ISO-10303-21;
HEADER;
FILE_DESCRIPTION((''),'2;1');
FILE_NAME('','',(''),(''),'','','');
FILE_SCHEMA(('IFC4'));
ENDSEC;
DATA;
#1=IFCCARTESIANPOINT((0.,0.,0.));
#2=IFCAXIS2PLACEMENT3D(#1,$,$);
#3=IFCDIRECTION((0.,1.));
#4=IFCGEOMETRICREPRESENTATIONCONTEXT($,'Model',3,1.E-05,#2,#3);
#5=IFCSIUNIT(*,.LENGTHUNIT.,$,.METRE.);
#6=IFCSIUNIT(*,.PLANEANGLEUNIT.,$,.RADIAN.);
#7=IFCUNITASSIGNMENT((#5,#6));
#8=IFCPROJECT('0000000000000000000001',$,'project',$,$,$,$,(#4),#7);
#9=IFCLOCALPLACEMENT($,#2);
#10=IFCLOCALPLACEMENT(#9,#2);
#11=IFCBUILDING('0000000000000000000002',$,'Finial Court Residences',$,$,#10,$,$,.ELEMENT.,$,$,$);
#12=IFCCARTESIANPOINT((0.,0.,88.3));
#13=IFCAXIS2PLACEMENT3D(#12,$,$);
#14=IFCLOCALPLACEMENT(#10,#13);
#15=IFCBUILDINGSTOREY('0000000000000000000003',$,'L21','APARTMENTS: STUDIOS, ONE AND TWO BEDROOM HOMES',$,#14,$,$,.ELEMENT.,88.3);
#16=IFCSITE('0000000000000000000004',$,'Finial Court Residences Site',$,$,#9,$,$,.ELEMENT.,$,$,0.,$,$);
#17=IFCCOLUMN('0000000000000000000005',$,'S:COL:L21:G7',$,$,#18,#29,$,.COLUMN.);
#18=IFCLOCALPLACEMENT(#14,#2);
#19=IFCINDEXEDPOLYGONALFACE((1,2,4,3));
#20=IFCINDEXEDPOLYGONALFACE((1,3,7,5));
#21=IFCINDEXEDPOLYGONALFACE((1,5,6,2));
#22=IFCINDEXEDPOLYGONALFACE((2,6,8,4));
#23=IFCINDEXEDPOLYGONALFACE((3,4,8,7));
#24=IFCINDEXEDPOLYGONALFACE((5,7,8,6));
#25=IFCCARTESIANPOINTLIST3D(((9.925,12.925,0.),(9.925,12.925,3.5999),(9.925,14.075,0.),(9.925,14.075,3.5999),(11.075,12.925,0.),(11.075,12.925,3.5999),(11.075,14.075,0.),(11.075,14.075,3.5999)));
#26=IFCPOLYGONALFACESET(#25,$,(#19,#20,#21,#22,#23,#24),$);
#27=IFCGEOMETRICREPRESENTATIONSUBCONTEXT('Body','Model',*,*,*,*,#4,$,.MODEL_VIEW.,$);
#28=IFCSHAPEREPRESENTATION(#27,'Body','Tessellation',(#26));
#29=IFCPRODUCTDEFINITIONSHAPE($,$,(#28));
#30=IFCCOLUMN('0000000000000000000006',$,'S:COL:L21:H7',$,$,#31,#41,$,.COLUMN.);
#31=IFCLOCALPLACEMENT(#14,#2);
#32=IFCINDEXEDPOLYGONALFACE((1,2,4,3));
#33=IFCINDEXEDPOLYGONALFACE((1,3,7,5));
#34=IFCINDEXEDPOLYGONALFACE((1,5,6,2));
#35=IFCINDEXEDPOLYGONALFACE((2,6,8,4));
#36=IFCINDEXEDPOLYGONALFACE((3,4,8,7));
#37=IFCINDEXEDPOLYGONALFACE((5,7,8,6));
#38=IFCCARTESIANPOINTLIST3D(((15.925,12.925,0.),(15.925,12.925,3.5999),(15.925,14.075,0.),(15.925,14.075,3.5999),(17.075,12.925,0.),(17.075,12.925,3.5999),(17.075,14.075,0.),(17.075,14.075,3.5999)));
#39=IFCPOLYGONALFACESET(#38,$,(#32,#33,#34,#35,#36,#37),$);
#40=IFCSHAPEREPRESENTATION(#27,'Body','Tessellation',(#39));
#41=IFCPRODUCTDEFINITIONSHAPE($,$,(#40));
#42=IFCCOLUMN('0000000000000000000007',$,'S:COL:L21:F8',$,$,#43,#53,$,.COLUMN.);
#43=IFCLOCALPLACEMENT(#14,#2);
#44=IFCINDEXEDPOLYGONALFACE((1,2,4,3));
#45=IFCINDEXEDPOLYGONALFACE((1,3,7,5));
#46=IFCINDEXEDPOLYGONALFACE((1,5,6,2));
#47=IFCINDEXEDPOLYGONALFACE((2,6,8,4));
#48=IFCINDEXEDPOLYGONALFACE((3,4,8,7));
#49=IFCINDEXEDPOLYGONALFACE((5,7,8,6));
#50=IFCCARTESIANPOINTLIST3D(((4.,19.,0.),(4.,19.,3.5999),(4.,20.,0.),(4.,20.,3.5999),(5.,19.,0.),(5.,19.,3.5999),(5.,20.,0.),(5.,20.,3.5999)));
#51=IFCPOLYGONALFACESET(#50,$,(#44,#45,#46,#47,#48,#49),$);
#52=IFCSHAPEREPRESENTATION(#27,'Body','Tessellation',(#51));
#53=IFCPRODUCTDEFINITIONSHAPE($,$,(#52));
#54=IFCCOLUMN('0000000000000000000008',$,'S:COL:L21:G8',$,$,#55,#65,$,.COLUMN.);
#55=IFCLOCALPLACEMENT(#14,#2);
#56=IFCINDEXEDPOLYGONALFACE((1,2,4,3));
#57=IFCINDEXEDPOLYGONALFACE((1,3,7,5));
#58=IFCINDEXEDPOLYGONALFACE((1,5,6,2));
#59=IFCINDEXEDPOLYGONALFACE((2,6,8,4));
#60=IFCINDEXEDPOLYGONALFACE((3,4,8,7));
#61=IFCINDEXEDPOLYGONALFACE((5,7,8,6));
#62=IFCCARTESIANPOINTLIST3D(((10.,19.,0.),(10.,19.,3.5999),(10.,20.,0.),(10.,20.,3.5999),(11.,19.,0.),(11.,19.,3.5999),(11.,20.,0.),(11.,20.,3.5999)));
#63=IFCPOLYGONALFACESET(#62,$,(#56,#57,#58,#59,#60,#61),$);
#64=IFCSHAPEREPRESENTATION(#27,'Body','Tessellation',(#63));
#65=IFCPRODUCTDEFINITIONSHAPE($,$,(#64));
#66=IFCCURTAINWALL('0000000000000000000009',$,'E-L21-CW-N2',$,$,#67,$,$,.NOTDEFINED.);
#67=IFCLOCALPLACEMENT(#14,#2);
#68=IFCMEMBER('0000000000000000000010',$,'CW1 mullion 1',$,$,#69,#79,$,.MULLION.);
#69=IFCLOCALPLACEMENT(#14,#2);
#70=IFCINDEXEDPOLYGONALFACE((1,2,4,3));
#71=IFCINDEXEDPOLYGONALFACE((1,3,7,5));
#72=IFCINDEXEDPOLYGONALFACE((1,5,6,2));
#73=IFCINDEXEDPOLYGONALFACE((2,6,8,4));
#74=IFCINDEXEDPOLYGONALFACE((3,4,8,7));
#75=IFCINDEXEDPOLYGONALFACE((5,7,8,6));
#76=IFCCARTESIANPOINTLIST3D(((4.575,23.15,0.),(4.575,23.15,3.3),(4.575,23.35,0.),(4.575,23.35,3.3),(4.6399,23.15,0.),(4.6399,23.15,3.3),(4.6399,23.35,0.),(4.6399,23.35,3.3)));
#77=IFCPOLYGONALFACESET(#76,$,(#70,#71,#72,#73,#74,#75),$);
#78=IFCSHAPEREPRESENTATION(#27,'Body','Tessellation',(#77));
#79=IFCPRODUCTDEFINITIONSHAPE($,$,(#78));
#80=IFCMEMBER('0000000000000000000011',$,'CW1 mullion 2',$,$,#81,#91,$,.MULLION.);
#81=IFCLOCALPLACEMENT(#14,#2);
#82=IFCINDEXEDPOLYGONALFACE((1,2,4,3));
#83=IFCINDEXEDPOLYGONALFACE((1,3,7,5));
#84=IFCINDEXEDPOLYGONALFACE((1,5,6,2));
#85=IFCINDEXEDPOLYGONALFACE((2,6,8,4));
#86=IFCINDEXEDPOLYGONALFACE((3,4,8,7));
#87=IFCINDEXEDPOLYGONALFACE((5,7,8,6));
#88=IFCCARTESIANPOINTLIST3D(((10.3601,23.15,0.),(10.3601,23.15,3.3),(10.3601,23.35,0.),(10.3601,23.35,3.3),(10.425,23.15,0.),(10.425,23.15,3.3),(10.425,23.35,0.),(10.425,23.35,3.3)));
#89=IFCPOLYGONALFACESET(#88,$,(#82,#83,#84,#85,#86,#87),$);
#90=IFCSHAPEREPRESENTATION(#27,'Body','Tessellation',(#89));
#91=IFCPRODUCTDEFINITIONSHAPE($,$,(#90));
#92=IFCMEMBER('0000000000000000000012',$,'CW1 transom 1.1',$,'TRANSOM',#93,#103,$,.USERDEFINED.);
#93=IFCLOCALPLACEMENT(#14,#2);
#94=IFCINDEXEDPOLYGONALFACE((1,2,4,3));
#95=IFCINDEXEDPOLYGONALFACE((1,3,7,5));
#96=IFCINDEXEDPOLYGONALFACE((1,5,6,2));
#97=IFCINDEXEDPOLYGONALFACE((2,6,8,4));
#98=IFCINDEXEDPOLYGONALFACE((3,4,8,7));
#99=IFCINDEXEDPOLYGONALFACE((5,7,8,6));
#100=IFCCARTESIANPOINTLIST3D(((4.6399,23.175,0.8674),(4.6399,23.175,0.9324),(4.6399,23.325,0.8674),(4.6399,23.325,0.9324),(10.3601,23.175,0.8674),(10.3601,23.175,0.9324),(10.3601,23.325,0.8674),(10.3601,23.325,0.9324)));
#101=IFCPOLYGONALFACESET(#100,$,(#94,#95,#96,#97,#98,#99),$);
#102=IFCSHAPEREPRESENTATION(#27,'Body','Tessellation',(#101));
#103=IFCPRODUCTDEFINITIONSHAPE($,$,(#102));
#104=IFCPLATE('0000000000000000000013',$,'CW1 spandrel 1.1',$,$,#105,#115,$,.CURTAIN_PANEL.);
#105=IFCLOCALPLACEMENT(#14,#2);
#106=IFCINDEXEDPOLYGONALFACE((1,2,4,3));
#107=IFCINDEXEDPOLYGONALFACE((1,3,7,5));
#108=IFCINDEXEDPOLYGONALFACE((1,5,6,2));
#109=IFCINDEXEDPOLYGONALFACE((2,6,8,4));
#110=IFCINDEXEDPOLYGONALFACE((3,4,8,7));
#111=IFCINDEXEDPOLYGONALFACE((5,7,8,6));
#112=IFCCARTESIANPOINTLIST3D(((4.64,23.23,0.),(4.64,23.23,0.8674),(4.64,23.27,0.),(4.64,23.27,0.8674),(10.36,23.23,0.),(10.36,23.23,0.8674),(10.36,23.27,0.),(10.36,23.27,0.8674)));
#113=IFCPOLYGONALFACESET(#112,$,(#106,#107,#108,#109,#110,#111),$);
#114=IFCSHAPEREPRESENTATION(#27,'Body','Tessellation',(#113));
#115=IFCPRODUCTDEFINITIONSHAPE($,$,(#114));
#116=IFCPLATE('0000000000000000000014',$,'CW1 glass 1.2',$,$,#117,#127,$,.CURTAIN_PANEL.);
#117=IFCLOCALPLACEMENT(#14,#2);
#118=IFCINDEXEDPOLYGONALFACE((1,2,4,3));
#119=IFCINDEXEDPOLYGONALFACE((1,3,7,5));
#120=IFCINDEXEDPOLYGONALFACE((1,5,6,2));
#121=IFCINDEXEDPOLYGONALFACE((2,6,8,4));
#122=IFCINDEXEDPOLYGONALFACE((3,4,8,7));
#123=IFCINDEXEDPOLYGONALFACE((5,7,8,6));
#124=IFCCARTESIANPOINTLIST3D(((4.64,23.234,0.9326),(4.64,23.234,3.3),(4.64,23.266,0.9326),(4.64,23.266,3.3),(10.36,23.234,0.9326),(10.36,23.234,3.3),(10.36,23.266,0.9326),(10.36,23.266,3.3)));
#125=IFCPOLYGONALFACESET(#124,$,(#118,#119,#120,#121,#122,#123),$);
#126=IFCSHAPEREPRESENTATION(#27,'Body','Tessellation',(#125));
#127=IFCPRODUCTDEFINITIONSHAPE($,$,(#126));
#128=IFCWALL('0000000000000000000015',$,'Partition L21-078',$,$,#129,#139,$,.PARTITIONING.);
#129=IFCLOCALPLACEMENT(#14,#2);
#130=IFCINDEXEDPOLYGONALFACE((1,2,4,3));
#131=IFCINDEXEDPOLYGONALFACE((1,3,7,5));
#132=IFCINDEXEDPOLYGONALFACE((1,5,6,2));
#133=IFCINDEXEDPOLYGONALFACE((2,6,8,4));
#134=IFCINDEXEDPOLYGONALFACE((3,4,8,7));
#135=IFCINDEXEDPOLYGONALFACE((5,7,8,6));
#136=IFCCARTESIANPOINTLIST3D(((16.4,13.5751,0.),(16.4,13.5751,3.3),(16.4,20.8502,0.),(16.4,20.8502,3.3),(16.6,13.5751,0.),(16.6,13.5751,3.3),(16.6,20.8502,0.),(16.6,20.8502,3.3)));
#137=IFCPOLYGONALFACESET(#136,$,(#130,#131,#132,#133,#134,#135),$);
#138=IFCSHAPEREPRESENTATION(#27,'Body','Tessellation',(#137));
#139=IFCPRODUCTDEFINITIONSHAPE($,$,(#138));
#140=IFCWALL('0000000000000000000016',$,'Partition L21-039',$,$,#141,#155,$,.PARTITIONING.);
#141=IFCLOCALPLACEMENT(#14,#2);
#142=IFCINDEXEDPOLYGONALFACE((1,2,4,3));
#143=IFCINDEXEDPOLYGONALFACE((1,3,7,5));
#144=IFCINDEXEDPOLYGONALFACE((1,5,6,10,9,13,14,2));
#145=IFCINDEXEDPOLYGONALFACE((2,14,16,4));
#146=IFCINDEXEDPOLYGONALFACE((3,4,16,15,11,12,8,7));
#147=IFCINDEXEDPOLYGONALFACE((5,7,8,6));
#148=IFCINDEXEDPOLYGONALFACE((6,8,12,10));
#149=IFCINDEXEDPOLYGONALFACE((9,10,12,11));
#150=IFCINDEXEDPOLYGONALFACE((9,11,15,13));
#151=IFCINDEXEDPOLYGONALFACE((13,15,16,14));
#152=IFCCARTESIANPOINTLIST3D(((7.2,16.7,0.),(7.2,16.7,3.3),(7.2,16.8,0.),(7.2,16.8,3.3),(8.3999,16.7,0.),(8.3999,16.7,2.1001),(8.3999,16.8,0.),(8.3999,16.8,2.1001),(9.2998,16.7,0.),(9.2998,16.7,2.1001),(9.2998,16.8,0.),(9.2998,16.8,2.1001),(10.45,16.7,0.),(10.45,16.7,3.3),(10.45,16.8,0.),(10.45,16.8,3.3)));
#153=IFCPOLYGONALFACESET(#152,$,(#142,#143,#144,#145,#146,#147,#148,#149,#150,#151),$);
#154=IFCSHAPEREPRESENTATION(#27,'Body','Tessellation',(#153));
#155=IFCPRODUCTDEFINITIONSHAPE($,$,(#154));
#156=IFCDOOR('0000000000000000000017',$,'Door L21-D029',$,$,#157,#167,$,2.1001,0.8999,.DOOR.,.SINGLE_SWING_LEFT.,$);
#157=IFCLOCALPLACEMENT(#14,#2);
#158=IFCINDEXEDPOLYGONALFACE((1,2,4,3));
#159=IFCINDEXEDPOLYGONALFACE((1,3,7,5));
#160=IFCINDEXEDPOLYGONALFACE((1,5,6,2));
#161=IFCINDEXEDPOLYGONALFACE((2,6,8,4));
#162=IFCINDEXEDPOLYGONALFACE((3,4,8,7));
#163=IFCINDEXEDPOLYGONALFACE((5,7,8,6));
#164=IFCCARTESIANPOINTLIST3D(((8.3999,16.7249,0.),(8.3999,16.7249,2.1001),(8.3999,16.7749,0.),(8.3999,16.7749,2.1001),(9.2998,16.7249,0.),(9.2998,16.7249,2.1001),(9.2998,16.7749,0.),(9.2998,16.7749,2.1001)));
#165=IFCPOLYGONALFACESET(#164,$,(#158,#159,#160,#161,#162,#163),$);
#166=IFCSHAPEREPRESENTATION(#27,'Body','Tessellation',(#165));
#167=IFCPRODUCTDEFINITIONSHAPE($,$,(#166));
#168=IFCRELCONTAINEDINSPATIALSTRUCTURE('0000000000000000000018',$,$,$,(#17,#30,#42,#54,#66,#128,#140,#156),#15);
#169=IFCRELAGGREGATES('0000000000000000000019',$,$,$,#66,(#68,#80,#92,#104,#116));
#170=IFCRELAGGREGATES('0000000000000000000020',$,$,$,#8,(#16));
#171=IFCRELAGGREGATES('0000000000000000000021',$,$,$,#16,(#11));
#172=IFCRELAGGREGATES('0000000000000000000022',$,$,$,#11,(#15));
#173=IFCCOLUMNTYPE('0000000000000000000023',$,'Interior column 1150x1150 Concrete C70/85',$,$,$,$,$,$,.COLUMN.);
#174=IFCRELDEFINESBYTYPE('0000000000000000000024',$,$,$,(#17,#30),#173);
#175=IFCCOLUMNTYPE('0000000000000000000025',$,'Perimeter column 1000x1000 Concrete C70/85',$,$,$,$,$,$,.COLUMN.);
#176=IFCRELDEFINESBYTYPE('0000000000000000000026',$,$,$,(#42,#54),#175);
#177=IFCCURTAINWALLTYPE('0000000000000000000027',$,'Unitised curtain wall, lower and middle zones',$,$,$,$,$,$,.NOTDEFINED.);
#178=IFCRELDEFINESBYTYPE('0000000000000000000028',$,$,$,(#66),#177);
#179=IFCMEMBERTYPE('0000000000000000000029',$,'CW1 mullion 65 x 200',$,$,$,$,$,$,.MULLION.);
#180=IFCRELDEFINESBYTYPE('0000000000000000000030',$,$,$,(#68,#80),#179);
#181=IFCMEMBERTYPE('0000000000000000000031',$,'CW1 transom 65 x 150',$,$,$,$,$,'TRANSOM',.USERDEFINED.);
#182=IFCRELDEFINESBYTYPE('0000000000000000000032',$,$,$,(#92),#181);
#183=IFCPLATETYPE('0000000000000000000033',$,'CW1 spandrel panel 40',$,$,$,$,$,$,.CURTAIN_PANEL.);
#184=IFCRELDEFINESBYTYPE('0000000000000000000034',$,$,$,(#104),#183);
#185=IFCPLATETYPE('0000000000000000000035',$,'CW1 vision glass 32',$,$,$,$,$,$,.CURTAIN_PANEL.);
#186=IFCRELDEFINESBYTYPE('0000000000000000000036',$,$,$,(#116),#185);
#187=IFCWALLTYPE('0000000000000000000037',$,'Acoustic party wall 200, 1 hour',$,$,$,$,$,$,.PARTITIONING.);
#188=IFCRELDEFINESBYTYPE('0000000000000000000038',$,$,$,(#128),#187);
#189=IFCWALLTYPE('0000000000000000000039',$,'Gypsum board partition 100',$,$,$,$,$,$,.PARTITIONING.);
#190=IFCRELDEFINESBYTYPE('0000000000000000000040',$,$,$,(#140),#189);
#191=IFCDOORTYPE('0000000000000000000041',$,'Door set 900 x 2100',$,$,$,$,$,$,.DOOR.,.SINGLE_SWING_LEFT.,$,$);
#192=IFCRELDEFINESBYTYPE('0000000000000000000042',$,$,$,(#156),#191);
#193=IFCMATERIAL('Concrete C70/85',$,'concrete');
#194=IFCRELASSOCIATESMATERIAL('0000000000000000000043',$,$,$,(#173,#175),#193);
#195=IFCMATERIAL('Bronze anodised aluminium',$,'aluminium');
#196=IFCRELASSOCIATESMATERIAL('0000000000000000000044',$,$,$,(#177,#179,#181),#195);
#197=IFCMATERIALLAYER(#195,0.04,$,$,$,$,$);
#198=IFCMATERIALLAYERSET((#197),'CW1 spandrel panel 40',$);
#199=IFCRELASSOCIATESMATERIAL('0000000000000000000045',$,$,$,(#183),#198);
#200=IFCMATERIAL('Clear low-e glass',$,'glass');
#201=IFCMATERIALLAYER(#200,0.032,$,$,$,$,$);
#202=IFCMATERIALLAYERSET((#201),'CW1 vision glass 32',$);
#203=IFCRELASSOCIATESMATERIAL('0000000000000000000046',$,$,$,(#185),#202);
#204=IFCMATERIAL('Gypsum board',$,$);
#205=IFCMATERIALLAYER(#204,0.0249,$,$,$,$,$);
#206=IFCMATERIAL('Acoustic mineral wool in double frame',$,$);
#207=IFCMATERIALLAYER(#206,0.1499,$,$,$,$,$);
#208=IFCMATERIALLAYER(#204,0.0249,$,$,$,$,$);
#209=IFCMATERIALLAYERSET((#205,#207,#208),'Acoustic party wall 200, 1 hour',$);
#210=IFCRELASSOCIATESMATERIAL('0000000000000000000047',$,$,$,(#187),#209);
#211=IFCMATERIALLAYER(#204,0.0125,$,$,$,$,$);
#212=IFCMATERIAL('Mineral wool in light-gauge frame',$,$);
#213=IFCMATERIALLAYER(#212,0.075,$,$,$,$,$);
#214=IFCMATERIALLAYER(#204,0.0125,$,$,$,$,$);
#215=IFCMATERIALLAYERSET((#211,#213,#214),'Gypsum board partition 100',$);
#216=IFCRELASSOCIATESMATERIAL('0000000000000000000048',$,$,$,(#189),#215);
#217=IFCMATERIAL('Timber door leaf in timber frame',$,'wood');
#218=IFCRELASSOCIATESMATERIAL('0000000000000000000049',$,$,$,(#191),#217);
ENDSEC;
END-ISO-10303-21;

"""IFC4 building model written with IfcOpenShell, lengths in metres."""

from ifc_helpers import new_model, si_unit, direction, frame, frame_2d, origin, origin_2d, place, context, subcontext, project, spatial, rectangle, extrude, material, layer, layer_set, material_profile, profile_set, type_object, element, fill, aggregate, save


model = new_model("IFC4")

# Units and contexts
model_context = context("Model", 3, precision=1e-05, world=origin(), true_north=direction((0.0, 1.0)))
body_context = subcontext(model_context, "Body", "Model", "MODEL_VIEW")
ifc_project = project(units=[si_unit("LENGTHUNIT", "METRE"), si_unit("PLANEANGLEUNIT", "RADIAN")], contexts=[model_context])

# Site, building, storey
site_placement = place(None, origin())
site = spatial("IfcSite", under=ifc_project, at=site_placement, Name="Finial Court Residences Site", CompositionType="ELEMENT", RefElevation=0.0)
building_placement = place(site_placement, origin())
building = spatial("IfcBuilding", under=site, at=building_placement, Name="Finial Court Residences", CompositionType="ELEMENT")
storey_placement = place(building_placement, frame((0.0, 0.0, 88.3)))
storey = spatial("IfcBuildingStorey", under=building, at=storey_placement, Name="L21", Description="APARTMENTS: STUDIOS, ONE AND TWO BEDROOM HOMES", CompositionType="ELEMENT", Elevation=88.3)

# Columns
ifc_material_1 = material(Name="Concrete C70/85", Category="concrete")
ifc_material_profile_1 = material_profile(ifc_material_1, rectangle(XDim=1.1499, YDim=1.1499, at=origin_2d()), Name="1150x1150")
ifc_profile_set_1 = profile_set([ifc_material_profile_1], Name="Concrete C70/85")
column_type_1 = type_object("IfcColumnType", Name="Interior column 1150x1150 Concrete C70/85", PredefinedType="COLUMN", material=ifc_profile_set_1)
for number, where, z_axis, x_axis, name in (
    (1, (10.5, 13.5, 0.0), (0.0, 0.0, 1.0), (1.0, 0.0, 0.0), "S:COL:L21:G7"),
    (2, (16.5, 13.5, 0.0), (0.0, 0.0, 1.0), (1.0, 0.0, 0.0), "S:COL:L21:H7"),
):
    element("IfcColumn", number, at=place(storey_placement, frame(where, z_axis=z_axis, x_axis=x_axis)), inside=storey, type_object=column_type_1, Name=name, PredefinedType="COLUMN", context=body_context, shape_type="SweptSolid", body=[
        extrude(rectangle(XDim=1.1499, YDim=1.1499, at=origin_2d()), origin(), (0.0, 0.0, 1.0), 3.5999),
    ])
ifc_material_profile_2 = material_profile(ifc_material_1, rectangle(XDim=1.0, YDim=1.0, at=origin_2d()), Name="1000x1000")
ifc_profile_set_2 = profile_set([ifc_material_profile_2], Name="Concrete C70/85")
column_type_2 = type_object("IfcColumnType", Name="Perimeter column 1000x1000 Concrete C70/85", PredefinedType="COLUMN", material=ifc_profile_set_2)
for number, where, z_axis, x_axis, name in (
    (3, (4.5, 19.5, 0.0), (0.0, 0.0, 1.0), (1.0, 0.0, 0.0), "S:COL:L21:F8"),
    (4, (10.5, 19.5, 0.0), (0.0, 0.0, 1.0), (1.0, 0.0, 0.0), "S:COL:L21:G8"),
):
    element("IfcColumn", number, at=place(storey_placement, frame(where, z_axis=z_axis, x_axis=x_axis)), inside=storey, type_object=column_type_2, Name=name, PredefinedType="COLUMN", context=body_context, shape_type="SweptSolid", body=[
        extrude(rectangle(XDim=1.0, YDim=1.0, at=origin_2d()), origin(), (0.0, 0.0, 1.0), 3.5999),
    ])

# Curtain wall, members, plates
ifc_material_2 = material(Name="Bronze anodised aluminium", Category="aluminium")
curtain_wall_type = type_object("IfcCurtainWallType", Name="Unitised curtain wall, lower and middle zones", PredefinedType="NOTDEFINED", material=ifc_material_2)
curtain_wall_placement = place(storey_placement, origin())
curtain_wall = element("IfcCurtainWall", 5, at=curtain_wall_placement, inside=storey, type_object=curtain_wall_type, Name="E-L21-CW-N2", PredefinedType="NOTDEFINED")
ifc_material_profile_3 = material_profile(ifc_material_2, rectangle(XDim=0.2, YDim=0.0649, at=origin_2d()), Name="CW1 mullion 65 x 200")
ifc_profile_set_3 = profile_set([ifc_material_profile_3], Name="Bronze anodised aluminium")
member_type_1 = type_object("IfcMemberType", Name="CW1 mullion 65 x 200", PredefinedType="MULLION", material=ifc_profile_set_3)
member_1_placement = place(storey_placement, frame((4.6074, 23.25, 0.0), z_axis=(0.0, 0.0, 1.0), x_axis=(0.0, 1.0, 0.0)))
member_1 = element("IfcMember", 6, at=member_1_placement, type_object=member_type_1, Name="CW1 mullion 1", PredefinedType="MULLION", context=body_context, shape_type="SweptSolid", body=[
    extrude(rectangle(XDim=0.2, YDim=0.0649, at=origin_2d()), origin(), (0.0, 0.0, 1.0), 3.3),
])
member_2_placement = place(storey_placement, frame((10.3926, 23.25, 0.0), z_axis=(0.0, 0.0, 1.0), x_axis=(0.0, 1.0, 0.0)))
member_2 = element("IfcMember", 7, at=member_2_placement, type_object=member_type_1, Name="CW1 mullion 2", PredefinedType="MULLION", context=body_context, shape_type="SweptSolid", body=[
    extrude(rectangle(XDim=0.2, YDim=0.0649, at=origin_2d()), origin(), (0.0, 0.0, 1.0), 3.3),
])
ifc_material_profile_4 = material_profile(ifc_material_2, rectangle(XDim=0.1499, YDim=0.0649, at=origin_2d()), Name="CW1 transom 65 x 150")
ifc_profile_set_4 = profile_set([ifc_material_profile_4], Name="Bronze anodised aluminium")
member_type_2 = type_object("IfcMemberType", Name="CW1 transom 65 x 150", ElementType="TRANSOM", PredefinedType="USERDEFINED", material=ifc_profile_set_4)
member_3_placement = place(storey_placement, frame((4.6399, 23.25, 0.8999), z_axis=(1.0, 0.0, 0.0), x_axis=(0.0, 1.0, 0.0)))
member_3 = element("IfcMember", 8, at=member_3_placement, type_object=member_type_2, Name="CW1 transom 1.1", ObjectType="TRANSOM", PredefinedType="USERDEFINED", context=body_context, shape_type="SweptSolid", body=[
    extrude(rectangle(XDim=0.1499, YDim=0.0649, at=origin_2d()), origin(), (0.0, 0.0, 1.0), 5.7202),
])
ifc_layer_1 = layer(ifc_material_2, 0.04)
ifc_layer_set_1 = layer_set([ifc_layer_1], Name="CW1 spandrel panel 40")
plate_type_1 = type_object("IfcPlateType", Name="CW1 spandrel panel 40", PredefinedType="CURTAIN_PANEL", material=ifc_layer_set_1)
plate_1_placement = place(storey_placement, frame((7.5, 23.25, 0.0), z_axis=(0.0, 0.0, 1.0), x_axis=(1.0, 0.0, 0.0)))
plate_1 = element("IfcPlate", 9, at=plate_1_placement, type_object=plate_type_1, Name="CW1 spandrel 1.1", PredefinedType="CURTAIN_PANEL", context=body_context, shape_type="SweptSolid", body=[
    extrude(rectangle(XDim=5.72, YDim=0.04, at=origin_2d()), origin(), (0.0, 0.0, 1.0), 0.8674),
])
ifc_material_3 = material(Name="Clear low-e glass", Category="glass")
ifc_layer_2 = layer(ifc_material_3, 0.032)
ifc_layer_set_2 = layer_set([ifc_layer_2], Name="CW1 vision glass 32")
plate_type_2 = type_object("IfcPlateType", Name="CW1 vision glass 32", PredefinedType="CURTAIN_PANEL", material=ifc_layer_set_2)
plate_2_placement = place(storey_placement, frame((7.5, 23.25, 0.9326), z_axis=(0.0, 0.0, 1.0), x_axis=(1.0, 0.0, 0.0)))
plate_2 = element("IfcPlate", 10, at=plate_2_placement, type_object=plate_type_2, Name="CW1 glass 1.2", PredefinedType="CURTAIN_PANEL", context=body_context, shape_type="SweptSolid", body=[
    extrude(rectangle(XDim=5.72, YDim=0.032, at=origin_2d()), origin(), (0.0, 0.0, 1.0), 2.3674),
])
aggregate(curtain_wall, [member_1, member_2, member_3, plate_1, plate_2])

# Wall
ifc_material_4 = material(Name="Gypsum board")
ifc_layer_3 = layer(ifc_material_4, 0.0249)
ifc_material_5 = material(Name="Acoustic mineral wool in double frame")
ifc_layer_4 = layer(ifc_material_5, 0.1499)
ifc_layer_5 = layer(ifc_material_4, 0.0249)
ifc_layer_set_3 = layer_set([ifc_layer_3, ifc_layer_4, ifc_layer_5], Name="Acoustic party wall 200, 1 hour")
wall_type_1 = type_object("IfcWallType", Name="Acoustic party wall 200, 1 hour", PredefinedType="PARTITIONING", material=ifc_layer_set_3)
wall_1_placement = place(storey_placement, frame((16.5, 13.575, 0.0), z_axis=(0.0, 0.0, 1.0), x_axis=(0.0, 1.0, 0.0)))
element("IfcWall", 11, at=wall_1_placement, inside=storey, type_object=wall_type_1, Name="Partition L21-078", PredefinedType="PARTITIONING", context=body_context, shape_type="SweptSolid", body=[
    extrude(rectangle(XDim=7.2751, YDim=0.2, at=frame_2d((3.6377, 0.0))), origin(), (0.0, 0.0, 1.0), 3.3),
])

# Wall, opening, door
ifc_layer_6 = layer(ifc_material_4, 0.0125)
ifc_material_6 = material(Name="Mineral wool in light-gauge frame")
ifc_layer_7 = layer(ifc_material_6, 0.075)
ifc_layer_8 = layer(ifc_material_4, 0.0125)
ifc_layer_set_4 = layer_set([ifc_layer_6, ifc_layer_7, ifc_layer_8], Name="Gypsum board partition 100")
wall_type_2 = type_object("IfcWallType", Name="Gypsum board partition 100", PredefinedType="PARTITIONING", material=ifc_layer_set_4)
wall_2_placement = place(storey_placement, frame((7.2, 16.75, 0.0), z_axis=(0.0, 0.0, 1.0), x_axis=(1.0, 0.0, 0.0)))
wall_2 = element("IfcWall", 12, at=wall_2_placement, inside=storey, type_object=wall_type_2, Name="Partition L21-039", PredefinedType="PARTITIONING", context=body_context, shape_type="SweptSolid", body=[
    extrude(rectangle(XDim=3.25, YDim=0.1001, at=frame_2d((1.625, 0.0))), origin(), (0.0, 0.0, 1.0), 3.3),
])
opening_1_placement = place(wall_2_placement, frame((1.2, 0.0, 0.0)))
opening_1 = element("IfcOpeningElement", 13, at=opening_1_placement, cuts=wall_2, PredefinedType="OPENING", context=body_context, shape_type="SweptSolid", body=[
    extrude(rectangle(XDim=0.8999, YDim=2.1001, at=frame_2d((0.45, 1.05))), frame((0.0, 0.0601, 0.0), z_axis=(0.0, -1.0, 0.0), x_axis=(1.0, 0.0, 0.0)), (0.0, 0.0, 1.0), 0.1201),
])
ifc_material_7 = material(Name="Timber door leaf in timber frame", Category="wood")
door_type_1 = type_object("IfcDoorType", Name="Door set 900 x 2100", OperationType="SINGLE_SWING_LEFT", PredefinedType="DOOR", material=ifc_material_7)
door_1_placement = place(opening_1_placement, origin())
door_1 = element("IfcDoor", 14, at=door_1_placement, inside=storey, type_object=door_type_1, Name="Door L21-D029", OperationType="SINGLE_SWING_LEFT", OverallHeight=2.1001, OverallWidth=0.8999, PredefinedType="DOOR", context=body_context, shape_type="SweptSolid", body=[
    extrude(rectangle(XDim=0.8999, YDim=2.1001, at=frame_2d((0.45, 1.05))), frame((0.0, 0.0249, 0.0), z_axis=(0.0, -1.0, 0.0), x_axis=(1.0, 0.0, 0.0)), (0.0, 0.0, 1.0), 0.05),
])
fill(opening_1, door_1)

save(model, "model.ifc")
